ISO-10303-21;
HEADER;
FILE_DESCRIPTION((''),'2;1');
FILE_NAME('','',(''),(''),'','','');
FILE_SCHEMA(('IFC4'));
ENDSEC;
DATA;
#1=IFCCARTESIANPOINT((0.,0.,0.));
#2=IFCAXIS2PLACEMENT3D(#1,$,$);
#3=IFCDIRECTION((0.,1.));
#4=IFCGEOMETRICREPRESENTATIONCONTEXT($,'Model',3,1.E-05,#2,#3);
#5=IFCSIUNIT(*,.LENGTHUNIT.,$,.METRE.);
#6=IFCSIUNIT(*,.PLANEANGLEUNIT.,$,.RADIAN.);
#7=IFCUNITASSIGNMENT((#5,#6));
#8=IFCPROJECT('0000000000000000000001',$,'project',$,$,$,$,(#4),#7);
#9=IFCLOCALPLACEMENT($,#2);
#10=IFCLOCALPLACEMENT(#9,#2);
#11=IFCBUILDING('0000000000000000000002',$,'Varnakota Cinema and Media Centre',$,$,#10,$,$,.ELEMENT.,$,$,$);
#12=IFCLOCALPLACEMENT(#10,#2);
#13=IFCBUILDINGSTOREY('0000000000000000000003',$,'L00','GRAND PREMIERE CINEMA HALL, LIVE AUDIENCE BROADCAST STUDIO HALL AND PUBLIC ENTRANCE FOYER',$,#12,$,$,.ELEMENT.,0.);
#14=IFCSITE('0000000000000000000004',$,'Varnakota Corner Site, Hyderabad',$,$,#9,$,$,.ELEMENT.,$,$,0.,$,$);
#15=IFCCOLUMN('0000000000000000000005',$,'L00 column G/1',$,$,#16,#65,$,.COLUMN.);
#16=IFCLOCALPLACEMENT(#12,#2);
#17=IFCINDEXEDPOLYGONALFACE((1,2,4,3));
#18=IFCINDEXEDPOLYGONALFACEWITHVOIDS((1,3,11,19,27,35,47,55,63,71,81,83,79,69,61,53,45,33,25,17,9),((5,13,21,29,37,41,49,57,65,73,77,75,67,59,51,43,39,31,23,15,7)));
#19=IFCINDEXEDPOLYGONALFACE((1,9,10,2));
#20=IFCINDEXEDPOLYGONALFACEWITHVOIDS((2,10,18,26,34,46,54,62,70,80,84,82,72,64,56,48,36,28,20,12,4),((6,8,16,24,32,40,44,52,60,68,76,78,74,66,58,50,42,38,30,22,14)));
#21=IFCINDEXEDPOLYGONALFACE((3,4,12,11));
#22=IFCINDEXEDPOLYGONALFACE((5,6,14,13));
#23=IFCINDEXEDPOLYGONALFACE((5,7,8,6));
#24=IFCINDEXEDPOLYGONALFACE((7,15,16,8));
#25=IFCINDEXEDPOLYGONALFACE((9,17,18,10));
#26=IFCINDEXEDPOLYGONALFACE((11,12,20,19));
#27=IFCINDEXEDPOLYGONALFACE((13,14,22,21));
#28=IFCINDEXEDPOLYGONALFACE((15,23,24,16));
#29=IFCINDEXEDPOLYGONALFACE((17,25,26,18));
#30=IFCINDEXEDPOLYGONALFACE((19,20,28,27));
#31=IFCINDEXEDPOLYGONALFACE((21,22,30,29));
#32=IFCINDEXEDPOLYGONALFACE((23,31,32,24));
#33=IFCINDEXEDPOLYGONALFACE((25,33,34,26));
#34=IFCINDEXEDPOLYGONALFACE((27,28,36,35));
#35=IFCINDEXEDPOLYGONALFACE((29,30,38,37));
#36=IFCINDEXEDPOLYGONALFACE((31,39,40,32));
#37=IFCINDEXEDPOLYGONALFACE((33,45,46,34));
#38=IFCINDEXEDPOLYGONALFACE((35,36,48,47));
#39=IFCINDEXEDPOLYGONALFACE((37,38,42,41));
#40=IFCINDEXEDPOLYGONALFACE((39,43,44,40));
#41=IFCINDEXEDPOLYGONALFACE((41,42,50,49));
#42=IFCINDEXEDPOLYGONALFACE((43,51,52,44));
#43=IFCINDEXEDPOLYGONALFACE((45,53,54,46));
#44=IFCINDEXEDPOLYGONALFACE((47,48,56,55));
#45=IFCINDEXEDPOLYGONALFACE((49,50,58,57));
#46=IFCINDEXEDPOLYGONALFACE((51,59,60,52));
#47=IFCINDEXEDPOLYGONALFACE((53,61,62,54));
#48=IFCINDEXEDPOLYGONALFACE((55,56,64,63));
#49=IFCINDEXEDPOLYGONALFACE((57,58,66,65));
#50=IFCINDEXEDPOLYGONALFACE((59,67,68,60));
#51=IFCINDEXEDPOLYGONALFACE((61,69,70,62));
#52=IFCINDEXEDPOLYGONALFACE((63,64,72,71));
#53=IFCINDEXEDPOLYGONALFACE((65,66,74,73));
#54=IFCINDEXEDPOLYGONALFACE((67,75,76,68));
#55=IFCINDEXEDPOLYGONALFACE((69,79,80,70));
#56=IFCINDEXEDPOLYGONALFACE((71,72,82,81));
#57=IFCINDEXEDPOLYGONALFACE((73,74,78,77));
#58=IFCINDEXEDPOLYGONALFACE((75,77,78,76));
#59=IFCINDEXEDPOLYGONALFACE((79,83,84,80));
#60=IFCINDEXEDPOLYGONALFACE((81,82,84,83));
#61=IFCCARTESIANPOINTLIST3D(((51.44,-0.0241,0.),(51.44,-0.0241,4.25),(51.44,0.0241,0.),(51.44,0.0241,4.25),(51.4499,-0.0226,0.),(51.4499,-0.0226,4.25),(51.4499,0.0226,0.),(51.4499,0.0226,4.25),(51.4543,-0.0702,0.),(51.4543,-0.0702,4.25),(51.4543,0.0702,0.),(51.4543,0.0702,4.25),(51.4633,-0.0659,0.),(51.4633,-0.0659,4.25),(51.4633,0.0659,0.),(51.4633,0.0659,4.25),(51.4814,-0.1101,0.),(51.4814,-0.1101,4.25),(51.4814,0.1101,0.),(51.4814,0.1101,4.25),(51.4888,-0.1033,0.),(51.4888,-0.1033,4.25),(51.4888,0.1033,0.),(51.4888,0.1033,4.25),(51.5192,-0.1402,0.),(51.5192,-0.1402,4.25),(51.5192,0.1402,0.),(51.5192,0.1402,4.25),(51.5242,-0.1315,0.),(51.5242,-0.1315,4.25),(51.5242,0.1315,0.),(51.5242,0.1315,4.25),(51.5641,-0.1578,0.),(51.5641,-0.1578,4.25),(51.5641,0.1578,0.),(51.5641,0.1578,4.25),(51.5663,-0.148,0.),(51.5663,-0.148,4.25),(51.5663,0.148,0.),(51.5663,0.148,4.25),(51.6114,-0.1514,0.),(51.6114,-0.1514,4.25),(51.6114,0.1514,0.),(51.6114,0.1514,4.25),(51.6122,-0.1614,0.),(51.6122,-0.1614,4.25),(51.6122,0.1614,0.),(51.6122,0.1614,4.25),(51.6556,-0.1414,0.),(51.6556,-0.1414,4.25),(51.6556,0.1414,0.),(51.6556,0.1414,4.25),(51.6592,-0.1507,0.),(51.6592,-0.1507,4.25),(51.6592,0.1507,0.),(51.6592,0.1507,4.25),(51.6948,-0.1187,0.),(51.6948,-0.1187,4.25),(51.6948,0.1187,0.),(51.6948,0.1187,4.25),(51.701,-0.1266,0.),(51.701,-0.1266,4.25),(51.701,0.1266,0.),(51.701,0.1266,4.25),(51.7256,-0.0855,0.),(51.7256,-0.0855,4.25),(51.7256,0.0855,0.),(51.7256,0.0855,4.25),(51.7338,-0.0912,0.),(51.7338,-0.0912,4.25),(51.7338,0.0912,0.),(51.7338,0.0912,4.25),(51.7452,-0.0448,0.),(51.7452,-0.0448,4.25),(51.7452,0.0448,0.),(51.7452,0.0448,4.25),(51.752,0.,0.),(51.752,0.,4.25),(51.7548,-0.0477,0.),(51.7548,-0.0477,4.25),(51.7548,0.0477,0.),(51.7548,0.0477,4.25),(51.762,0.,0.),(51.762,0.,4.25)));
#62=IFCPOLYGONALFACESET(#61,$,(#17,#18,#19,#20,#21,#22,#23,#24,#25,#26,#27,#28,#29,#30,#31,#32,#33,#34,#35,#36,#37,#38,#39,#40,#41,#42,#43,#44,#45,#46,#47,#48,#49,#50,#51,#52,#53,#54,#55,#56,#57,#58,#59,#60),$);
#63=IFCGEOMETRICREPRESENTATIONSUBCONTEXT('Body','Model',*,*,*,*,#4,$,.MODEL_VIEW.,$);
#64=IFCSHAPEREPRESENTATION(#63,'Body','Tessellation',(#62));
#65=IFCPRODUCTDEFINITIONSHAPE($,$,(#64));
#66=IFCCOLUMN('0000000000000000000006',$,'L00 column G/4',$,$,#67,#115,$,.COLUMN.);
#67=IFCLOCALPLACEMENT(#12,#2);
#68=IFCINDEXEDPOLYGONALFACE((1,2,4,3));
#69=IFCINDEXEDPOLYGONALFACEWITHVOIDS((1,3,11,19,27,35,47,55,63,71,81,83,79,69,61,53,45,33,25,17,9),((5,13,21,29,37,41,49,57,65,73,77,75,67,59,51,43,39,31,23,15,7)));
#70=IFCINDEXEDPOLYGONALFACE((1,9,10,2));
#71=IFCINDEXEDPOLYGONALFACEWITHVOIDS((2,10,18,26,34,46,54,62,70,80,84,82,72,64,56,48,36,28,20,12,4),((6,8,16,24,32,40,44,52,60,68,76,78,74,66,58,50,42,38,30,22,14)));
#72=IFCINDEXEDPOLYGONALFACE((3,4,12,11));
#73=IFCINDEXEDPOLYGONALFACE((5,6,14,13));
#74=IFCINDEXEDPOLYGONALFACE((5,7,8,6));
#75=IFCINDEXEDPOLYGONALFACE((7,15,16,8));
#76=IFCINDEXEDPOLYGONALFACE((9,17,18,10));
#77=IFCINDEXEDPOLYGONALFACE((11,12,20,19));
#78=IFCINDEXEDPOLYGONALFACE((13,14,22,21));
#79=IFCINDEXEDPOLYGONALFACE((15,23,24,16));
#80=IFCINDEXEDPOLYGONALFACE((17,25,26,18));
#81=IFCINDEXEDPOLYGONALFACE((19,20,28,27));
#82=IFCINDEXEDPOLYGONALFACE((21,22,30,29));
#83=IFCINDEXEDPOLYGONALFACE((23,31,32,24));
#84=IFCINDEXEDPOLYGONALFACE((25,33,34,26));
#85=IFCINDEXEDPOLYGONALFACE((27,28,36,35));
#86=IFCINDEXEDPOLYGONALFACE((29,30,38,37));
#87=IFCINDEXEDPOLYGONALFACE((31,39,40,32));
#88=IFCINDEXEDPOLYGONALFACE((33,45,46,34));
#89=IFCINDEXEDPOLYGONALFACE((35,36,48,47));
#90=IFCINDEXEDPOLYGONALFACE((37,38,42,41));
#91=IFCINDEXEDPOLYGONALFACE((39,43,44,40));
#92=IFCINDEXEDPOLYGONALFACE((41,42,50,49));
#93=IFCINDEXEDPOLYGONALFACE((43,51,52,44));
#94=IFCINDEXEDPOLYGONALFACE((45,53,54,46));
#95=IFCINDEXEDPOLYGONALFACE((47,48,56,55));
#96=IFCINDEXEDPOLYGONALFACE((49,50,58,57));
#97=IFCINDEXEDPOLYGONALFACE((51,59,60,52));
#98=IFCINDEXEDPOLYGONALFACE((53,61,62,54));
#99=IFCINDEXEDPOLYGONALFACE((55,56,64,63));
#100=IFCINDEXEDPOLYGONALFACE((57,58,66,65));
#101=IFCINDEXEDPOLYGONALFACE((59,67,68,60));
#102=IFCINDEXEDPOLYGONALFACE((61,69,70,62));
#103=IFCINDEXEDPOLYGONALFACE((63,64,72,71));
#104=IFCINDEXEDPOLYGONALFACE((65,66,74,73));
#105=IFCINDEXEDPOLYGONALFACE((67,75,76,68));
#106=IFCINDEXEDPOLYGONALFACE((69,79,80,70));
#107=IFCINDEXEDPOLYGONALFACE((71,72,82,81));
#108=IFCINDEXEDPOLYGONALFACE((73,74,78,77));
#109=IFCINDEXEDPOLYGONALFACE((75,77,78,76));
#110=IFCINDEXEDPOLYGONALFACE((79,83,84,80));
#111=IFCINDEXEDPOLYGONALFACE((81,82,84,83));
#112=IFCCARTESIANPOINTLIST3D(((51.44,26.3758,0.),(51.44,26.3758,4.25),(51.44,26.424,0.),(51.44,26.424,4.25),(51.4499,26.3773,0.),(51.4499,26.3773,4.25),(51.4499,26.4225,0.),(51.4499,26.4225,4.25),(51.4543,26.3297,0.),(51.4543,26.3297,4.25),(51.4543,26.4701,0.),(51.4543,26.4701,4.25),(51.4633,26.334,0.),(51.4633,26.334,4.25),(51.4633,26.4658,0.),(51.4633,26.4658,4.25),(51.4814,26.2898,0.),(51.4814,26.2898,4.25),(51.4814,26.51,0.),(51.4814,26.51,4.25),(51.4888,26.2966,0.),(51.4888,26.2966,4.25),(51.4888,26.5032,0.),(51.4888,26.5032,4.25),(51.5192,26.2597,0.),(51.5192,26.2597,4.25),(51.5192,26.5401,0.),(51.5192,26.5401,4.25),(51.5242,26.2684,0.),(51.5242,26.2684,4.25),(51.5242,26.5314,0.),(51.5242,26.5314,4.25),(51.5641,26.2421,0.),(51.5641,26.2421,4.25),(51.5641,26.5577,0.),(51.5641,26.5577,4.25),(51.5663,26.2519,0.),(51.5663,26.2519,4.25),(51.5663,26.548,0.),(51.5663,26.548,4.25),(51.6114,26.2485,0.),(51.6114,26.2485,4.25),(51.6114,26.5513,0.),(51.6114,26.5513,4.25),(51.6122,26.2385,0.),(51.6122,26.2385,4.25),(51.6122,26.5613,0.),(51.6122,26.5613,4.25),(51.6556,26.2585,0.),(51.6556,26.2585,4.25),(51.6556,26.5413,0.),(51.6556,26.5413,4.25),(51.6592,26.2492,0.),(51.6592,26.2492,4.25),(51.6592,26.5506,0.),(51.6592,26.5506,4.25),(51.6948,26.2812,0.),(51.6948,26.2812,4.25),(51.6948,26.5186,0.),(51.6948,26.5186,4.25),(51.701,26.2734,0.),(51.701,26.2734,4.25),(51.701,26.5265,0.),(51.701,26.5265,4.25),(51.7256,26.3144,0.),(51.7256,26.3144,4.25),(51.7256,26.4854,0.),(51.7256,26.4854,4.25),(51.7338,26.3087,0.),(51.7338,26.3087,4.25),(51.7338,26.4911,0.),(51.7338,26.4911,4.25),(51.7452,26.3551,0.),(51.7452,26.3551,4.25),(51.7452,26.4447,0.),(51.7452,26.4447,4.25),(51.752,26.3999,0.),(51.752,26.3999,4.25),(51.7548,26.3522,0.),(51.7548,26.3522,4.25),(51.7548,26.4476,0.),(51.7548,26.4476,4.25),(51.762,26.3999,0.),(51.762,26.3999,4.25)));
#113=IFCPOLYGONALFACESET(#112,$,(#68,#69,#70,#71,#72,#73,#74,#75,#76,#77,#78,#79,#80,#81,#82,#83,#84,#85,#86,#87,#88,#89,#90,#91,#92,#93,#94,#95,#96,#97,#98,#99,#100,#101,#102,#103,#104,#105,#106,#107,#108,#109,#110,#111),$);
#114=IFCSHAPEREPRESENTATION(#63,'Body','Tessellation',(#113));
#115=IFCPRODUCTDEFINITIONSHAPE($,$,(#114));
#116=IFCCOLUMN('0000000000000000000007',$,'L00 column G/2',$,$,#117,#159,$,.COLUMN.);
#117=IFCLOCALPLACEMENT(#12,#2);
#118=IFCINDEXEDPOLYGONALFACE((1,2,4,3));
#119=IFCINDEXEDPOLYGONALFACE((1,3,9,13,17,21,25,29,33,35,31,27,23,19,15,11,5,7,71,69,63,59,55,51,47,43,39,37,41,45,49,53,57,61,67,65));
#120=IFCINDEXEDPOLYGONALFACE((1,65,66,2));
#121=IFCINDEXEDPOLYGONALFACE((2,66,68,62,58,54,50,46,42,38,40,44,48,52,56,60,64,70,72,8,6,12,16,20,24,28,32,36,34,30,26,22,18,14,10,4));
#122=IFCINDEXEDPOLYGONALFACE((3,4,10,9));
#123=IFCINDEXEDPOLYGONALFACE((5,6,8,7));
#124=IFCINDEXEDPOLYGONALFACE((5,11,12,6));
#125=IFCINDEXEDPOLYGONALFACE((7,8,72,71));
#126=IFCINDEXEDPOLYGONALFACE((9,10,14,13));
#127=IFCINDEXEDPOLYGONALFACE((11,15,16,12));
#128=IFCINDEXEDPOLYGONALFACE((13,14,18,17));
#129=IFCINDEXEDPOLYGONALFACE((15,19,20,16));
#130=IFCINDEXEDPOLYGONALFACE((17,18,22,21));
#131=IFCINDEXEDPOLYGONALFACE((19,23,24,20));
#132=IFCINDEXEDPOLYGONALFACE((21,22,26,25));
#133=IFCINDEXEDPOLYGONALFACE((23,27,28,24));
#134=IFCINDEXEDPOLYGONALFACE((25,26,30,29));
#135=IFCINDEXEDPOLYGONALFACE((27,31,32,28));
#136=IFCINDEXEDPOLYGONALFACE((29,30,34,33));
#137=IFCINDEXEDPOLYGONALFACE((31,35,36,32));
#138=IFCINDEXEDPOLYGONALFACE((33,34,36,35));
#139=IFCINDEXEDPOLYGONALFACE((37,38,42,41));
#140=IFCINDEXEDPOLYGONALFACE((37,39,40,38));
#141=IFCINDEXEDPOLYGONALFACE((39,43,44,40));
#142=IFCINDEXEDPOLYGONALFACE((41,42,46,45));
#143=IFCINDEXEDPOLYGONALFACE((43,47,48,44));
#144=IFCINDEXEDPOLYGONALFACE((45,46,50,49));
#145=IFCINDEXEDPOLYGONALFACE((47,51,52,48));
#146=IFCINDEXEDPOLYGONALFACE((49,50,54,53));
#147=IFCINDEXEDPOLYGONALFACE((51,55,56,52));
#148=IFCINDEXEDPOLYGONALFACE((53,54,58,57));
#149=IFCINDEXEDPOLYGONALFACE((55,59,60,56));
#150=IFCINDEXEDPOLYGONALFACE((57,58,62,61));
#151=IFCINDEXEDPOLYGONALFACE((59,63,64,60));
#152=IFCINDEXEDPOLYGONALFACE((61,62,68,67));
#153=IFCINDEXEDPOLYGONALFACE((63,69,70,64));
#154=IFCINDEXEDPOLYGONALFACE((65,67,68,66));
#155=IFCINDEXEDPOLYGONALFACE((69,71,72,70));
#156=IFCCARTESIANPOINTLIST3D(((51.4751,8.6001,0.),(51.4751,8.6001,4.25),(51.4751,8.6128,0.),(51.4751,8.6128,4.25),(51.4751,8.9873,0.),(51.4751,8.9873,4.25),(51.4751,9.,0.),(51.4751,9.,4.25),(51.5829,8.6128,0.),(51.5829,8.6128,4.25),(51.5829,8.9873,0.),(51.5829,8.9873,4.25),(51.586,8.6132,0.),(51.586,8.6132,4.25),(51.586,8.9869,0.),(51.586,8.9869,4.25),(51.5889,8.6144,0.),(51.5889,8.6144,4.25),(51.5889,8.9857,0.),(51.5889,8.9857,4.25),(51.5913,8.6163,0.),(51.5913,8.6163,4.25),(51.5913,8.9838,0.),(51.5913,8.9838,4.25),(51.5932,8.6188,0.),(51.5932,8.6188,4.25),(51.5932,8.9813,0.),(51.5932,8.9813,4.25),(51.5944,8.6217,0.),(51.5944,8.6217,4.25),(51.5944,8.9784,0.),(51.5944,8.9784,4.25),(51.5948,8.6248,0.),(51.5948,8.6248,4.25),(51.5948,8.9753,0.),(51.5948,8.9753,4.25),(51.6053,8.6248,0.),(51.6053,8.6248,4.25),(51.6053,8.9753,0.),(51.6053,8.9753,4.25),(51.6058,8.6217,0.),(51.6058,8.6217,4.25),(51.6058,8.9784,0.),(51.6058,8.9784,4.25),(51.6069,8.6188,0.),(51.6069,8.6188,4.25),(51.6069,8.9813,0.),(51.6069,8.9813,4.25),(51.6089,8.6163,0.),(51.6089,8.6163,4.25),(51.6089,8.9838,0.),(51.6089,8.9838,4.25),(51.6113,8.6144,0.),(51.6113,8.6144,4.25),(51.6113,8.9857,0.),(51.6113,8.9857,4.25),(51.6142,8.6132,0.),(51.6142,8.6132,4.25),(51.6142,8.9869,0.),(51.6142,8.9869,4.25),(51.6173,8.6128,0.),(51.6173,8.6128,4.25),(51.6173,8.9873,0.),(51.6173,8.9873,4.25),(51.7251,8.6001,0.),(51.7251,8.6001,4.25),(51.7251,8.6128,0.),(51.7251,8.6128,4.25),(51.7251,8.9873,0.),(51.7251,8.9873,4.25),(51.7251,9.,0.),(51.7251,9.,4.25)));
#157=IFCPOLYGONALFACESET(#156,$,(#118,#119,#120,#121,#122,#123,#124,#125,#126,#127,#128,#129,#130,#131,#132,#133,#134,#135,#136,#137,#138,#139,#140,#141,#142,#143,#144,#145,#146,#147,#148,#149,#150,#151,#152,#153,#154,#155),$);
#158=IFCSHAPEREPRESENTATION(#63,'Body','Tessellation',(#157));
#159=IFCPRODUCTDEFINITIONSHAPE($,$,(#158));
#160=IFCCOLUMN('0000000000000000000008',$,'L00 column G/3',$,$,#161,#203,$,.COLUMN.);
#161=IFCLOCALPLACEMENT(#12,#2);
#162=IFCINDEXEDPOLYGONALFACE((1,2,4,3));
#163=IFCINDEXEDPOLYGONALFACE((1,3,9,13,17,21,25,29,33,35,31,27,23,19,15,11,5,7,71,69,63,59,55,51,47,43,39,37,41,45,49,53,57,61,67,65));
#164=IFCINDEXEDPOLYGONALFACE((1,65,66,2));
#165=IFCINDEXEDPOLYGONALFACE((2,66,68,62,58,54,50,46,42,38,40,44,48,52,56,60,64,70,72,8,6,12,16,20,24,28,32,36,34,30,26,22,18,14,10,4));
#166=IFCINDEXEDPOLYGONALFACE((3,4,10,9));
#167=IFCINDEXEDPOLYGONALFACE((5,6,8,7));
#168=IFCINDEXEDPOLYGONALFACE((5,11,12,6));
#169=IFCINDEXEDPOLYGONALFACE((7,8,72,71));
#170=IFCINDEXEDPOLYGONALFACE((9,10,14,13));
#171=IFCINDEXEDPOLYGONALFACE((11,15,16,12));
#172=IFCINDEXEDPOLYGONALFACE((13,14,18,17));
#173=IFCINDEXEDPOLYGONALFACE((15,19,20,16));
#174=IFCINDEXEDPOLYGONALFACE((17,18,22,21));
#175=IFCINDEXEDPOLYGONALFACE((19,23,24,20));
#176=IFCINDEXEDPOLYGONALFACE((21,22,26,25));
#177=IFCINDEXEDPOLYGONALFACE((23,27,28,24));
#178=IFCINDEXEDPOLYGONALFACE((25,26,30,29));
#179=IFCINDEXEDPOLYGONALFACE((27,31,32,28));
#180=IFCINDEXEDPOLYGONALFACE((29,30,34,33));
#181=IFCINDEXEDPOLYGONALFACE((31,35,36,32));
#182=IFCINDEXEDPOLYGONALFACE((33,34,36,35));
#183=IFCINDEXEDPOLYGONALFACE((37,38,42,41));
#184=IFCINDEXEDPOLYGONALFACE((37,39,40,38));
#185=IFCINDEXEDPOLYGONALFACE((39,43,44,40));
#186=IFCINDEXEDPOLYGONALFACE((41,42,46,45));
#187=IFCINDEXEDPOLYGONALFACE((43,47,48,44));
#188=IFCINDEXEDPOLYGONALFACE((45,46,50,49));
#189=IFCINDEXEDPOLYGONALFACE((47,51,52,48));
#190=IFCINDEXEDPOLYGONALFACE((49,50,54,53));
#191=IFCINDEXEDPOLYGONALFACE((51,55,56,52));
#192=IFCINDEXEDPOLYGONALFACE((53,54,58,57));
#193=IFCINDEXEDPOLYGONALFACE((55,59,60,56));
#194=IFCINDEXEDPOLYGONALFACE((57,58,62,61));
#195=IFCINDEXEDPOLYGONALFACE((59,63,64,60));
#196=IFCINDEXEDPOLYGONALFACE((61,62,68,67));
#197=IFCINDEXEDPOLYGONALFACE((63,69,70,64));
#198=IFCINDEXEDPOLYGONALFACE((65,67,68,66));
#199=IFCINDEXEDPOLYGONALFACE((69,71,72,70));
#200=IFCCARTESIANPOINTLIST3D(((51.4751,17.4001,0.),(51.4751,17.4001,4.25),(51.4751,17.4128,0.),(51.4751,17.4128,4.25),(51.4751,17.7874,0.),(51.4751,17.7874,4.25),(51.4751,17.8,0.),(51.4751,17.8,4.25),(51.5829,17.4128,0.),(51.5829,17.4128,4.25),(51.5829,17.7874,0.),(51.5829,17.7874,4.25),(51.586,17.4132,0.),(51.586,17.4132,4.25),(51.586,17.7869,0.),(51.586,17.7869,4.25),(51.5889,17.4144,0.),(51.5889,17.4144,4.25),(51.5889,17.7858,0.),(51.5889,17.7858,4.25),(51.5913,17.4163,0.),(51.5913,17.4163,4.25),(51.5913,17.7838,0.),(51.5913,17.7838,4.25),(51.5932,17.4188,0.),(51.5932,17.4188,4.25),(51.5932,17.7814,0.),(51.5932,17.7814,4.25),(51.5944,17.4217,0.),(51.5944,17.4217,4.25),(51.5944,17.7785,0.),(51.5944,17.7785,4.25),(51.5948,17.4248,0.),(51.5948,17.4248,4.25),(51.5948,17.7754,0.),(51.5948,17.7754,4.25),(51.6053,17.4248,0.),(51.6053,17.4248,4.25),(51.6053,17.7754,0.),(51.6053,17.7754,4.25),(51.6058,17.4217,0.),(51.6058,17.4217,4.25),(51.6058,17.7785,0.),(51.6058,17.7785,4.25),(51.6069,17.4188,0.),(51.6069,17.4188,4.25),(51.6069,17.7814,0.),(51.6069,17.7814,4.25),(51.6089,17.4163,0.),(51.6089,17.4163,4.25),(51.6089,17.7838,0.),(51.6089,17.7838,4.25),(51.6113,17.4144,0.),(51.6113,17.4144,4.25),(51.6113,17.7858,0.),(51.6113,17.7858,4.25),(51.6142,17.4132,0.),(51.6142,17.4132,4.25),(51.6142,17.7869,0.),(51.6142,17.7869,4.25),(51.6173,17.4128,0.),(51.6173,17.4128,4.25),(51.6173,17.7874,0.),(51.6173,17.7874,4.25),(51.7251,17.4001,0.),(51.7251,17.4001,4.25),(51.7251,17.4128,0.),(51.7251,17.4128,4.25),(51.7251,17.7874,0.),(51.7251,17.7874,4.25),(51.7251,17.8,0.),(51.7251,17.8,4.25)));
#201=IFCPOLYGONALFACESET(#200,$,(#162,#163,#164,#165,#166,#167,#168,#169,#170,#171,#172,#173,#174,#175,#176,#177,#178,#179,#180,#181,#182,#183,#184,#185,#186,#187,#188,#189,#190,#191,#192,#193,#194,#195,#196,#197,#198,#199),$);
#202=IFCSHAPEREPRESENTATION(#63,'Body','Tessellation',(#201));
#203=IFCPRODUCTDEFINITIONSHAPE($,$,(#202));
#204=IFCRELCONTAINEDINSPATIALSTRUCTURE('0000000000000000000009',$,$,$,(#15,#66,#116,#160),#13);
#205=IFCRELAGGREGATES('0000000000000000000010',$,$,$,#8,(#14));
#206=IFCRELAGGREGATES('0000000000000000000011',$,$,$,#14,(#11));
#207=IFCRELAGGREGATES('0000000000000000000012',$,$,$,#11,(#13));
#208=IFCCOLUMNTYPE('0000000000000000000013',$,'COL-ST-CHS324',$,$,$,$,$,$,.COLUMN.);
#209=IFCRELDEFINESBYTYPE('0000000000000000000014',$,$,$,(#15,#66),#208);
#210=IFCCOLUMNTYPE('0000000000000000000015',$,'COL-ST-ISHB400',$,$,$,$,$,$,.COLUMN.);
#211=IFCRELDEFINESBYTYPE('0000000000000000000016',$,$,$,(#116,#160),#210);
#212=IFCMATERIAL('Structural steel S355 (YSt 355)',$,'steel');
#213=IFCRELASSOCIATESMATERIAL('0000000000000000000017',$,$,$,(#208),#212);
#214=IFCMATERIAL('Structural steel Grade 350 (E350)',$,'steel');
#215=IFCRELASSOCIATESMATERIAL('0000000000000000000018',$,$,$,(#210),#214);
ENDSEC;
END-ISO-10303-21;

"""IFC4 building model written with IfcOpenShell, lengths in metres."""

from ifc_helpers import new_model, si_unit, direction, frame, origin, origin_2d, place, context, subcontext, project, spatial, hollow_circle, i_section, extrude, material, material_profile, profile_set, type_object, element, save


model = new_model("IFC4")

# Units and contexts
model_context = context("Model", 3, precision=1e-05, world=origin(), true_north=direction((0.0, 1.0)))
body_context = subcontext(model_context, "Body", "Model", "MODEL_VIEW")
ifc_project = project(units=[si_unit("LENGTHUNIT", "METRE"), si_unit("PLANEANGLEUNIT", "RADIAN")], contexts=[model_context])

# Site, building, storey
site_placement = place(None, origin())
site = spatial("IfcSite", under=ifc_project, at=site_placement, Name="Varnakota Corner Site, Hyderabad", CompositionType="ELEMENT", RefElevation=0.0)
building_placement = place(site_placement, origin())
building = spatial("IfcBuilding", under=site, at=building_placement, Name="Varnakota Cinema and Media Centre", CompositionType="ELEMENT")
storey_placement = place(building_placement, origin())
storey = spatial("IfcBuildingStorey", under=building, at=storey_placement, Name="L00", Description="GRAND PREMIERE CINEMA HALL, LIVE AUDIENCE BROADCAST STUDIO HALL AND PUBLIC ENTRANCE FOYER", CompositionType="ELEMENT", Elevation=0.0)

# Columns
ifc_material_1 = material(Name="Structural steel S355 (YSt 355)", Category="steel")
ifc_material_profile_1 = material_profile(ifc_material_1, hollow_circle(Radius=0.1619, WallThickness=0.01, at=origin_2d()), Name="CHS 323.9x10.0")
ifc_profile_set_1 = profile_set([ifc_material_profile_1], Name="Structural steel S355 (YSt 355)")
column_type_1 = type_object("IfcColumnType", Name="COL-ST-CHS324", PredefinedType="COLUMN", material=ifc_profile_set_1)
for number, where, z_axis, x_axis, name in (
    (1, (51.6001, 0.0, 0.0), (0.0, 0.0, 1.0), (1.0, 0.0, 0.0), "L00 column G/1"),
    (2, (51.6001, 26.3999, 0.0), (0.0, 0.0, 1.0), (1.0, 0.0, 0.0), "L00 column G/4"),
):
    element("IfcColumn", number, at=place(storey_placement, frame(where, z_axis=z_axis, x_axis=x_axis)), inside=storey, type_object=column_type_1, Name=name, PredefinedType="COLUMN", context=body_context, shape_type="SweptSolid", body=[
        extrude(hollow_circle(Radius=0.1619, WallThickness=0.01, at=origin_2d()), origin(), (0.0, 0.0, 1.0), 4.25),
    ])
ifc_material_2 = material(Name="Structural steel Grade 350 (E350)", Category="steel")
ifc_material_profile_2 = material_profile(ifc_material_2, i_section(OverallWidth=0.25, OverallDepth=0.3999, WebThickness=0.0105, FlangeThickness=0.0127, FilletRadius=0.012, at=origin_2d()), Name="ISHB 400")
ifc_profile_set_2 = profile_set([ifc_material_profile_2], Name="Structural steel Grade 350 (E350)")
column_type_2 = type_object("IfcColumnType", Name="COL-ST-ISHB400", PredefinedType="COLUMN", material=ifc_profile_set_2)
for number, where, z_axis, x_axis, name in (
    (3, (51.6001, 8.8, 0.0), (0.0, 0.0, 1.0), (1.0, 0.0, 0.0), "L00 column G/2"),
    (4, (51.6001, 17.6001, 0.0), (0.0, 0.0, 1.0), (1.0, 0.0, 0.0), "L00 column G/3"),
):
    element("IfcColumn", number, at=place(storey_placement, frame(where, z_axis=z_axis, x_axis=x_axis)), inside=storey, type_object=column_type_2, Name=name, PredefinedType="COLUMN", context=body_context, shape_type="SweptSolid", body=[
        extrude(i_section(OverallWidth=0.25, OverallDepth=0.3999, WebThickness=0.0105, FlangeThickness=0.0127, FilletRadius=0.012, at=origin_2d()), origin(), (0.0, 0.0, 1.0), 4.25),
    ])

save(model, "model.ifc")
